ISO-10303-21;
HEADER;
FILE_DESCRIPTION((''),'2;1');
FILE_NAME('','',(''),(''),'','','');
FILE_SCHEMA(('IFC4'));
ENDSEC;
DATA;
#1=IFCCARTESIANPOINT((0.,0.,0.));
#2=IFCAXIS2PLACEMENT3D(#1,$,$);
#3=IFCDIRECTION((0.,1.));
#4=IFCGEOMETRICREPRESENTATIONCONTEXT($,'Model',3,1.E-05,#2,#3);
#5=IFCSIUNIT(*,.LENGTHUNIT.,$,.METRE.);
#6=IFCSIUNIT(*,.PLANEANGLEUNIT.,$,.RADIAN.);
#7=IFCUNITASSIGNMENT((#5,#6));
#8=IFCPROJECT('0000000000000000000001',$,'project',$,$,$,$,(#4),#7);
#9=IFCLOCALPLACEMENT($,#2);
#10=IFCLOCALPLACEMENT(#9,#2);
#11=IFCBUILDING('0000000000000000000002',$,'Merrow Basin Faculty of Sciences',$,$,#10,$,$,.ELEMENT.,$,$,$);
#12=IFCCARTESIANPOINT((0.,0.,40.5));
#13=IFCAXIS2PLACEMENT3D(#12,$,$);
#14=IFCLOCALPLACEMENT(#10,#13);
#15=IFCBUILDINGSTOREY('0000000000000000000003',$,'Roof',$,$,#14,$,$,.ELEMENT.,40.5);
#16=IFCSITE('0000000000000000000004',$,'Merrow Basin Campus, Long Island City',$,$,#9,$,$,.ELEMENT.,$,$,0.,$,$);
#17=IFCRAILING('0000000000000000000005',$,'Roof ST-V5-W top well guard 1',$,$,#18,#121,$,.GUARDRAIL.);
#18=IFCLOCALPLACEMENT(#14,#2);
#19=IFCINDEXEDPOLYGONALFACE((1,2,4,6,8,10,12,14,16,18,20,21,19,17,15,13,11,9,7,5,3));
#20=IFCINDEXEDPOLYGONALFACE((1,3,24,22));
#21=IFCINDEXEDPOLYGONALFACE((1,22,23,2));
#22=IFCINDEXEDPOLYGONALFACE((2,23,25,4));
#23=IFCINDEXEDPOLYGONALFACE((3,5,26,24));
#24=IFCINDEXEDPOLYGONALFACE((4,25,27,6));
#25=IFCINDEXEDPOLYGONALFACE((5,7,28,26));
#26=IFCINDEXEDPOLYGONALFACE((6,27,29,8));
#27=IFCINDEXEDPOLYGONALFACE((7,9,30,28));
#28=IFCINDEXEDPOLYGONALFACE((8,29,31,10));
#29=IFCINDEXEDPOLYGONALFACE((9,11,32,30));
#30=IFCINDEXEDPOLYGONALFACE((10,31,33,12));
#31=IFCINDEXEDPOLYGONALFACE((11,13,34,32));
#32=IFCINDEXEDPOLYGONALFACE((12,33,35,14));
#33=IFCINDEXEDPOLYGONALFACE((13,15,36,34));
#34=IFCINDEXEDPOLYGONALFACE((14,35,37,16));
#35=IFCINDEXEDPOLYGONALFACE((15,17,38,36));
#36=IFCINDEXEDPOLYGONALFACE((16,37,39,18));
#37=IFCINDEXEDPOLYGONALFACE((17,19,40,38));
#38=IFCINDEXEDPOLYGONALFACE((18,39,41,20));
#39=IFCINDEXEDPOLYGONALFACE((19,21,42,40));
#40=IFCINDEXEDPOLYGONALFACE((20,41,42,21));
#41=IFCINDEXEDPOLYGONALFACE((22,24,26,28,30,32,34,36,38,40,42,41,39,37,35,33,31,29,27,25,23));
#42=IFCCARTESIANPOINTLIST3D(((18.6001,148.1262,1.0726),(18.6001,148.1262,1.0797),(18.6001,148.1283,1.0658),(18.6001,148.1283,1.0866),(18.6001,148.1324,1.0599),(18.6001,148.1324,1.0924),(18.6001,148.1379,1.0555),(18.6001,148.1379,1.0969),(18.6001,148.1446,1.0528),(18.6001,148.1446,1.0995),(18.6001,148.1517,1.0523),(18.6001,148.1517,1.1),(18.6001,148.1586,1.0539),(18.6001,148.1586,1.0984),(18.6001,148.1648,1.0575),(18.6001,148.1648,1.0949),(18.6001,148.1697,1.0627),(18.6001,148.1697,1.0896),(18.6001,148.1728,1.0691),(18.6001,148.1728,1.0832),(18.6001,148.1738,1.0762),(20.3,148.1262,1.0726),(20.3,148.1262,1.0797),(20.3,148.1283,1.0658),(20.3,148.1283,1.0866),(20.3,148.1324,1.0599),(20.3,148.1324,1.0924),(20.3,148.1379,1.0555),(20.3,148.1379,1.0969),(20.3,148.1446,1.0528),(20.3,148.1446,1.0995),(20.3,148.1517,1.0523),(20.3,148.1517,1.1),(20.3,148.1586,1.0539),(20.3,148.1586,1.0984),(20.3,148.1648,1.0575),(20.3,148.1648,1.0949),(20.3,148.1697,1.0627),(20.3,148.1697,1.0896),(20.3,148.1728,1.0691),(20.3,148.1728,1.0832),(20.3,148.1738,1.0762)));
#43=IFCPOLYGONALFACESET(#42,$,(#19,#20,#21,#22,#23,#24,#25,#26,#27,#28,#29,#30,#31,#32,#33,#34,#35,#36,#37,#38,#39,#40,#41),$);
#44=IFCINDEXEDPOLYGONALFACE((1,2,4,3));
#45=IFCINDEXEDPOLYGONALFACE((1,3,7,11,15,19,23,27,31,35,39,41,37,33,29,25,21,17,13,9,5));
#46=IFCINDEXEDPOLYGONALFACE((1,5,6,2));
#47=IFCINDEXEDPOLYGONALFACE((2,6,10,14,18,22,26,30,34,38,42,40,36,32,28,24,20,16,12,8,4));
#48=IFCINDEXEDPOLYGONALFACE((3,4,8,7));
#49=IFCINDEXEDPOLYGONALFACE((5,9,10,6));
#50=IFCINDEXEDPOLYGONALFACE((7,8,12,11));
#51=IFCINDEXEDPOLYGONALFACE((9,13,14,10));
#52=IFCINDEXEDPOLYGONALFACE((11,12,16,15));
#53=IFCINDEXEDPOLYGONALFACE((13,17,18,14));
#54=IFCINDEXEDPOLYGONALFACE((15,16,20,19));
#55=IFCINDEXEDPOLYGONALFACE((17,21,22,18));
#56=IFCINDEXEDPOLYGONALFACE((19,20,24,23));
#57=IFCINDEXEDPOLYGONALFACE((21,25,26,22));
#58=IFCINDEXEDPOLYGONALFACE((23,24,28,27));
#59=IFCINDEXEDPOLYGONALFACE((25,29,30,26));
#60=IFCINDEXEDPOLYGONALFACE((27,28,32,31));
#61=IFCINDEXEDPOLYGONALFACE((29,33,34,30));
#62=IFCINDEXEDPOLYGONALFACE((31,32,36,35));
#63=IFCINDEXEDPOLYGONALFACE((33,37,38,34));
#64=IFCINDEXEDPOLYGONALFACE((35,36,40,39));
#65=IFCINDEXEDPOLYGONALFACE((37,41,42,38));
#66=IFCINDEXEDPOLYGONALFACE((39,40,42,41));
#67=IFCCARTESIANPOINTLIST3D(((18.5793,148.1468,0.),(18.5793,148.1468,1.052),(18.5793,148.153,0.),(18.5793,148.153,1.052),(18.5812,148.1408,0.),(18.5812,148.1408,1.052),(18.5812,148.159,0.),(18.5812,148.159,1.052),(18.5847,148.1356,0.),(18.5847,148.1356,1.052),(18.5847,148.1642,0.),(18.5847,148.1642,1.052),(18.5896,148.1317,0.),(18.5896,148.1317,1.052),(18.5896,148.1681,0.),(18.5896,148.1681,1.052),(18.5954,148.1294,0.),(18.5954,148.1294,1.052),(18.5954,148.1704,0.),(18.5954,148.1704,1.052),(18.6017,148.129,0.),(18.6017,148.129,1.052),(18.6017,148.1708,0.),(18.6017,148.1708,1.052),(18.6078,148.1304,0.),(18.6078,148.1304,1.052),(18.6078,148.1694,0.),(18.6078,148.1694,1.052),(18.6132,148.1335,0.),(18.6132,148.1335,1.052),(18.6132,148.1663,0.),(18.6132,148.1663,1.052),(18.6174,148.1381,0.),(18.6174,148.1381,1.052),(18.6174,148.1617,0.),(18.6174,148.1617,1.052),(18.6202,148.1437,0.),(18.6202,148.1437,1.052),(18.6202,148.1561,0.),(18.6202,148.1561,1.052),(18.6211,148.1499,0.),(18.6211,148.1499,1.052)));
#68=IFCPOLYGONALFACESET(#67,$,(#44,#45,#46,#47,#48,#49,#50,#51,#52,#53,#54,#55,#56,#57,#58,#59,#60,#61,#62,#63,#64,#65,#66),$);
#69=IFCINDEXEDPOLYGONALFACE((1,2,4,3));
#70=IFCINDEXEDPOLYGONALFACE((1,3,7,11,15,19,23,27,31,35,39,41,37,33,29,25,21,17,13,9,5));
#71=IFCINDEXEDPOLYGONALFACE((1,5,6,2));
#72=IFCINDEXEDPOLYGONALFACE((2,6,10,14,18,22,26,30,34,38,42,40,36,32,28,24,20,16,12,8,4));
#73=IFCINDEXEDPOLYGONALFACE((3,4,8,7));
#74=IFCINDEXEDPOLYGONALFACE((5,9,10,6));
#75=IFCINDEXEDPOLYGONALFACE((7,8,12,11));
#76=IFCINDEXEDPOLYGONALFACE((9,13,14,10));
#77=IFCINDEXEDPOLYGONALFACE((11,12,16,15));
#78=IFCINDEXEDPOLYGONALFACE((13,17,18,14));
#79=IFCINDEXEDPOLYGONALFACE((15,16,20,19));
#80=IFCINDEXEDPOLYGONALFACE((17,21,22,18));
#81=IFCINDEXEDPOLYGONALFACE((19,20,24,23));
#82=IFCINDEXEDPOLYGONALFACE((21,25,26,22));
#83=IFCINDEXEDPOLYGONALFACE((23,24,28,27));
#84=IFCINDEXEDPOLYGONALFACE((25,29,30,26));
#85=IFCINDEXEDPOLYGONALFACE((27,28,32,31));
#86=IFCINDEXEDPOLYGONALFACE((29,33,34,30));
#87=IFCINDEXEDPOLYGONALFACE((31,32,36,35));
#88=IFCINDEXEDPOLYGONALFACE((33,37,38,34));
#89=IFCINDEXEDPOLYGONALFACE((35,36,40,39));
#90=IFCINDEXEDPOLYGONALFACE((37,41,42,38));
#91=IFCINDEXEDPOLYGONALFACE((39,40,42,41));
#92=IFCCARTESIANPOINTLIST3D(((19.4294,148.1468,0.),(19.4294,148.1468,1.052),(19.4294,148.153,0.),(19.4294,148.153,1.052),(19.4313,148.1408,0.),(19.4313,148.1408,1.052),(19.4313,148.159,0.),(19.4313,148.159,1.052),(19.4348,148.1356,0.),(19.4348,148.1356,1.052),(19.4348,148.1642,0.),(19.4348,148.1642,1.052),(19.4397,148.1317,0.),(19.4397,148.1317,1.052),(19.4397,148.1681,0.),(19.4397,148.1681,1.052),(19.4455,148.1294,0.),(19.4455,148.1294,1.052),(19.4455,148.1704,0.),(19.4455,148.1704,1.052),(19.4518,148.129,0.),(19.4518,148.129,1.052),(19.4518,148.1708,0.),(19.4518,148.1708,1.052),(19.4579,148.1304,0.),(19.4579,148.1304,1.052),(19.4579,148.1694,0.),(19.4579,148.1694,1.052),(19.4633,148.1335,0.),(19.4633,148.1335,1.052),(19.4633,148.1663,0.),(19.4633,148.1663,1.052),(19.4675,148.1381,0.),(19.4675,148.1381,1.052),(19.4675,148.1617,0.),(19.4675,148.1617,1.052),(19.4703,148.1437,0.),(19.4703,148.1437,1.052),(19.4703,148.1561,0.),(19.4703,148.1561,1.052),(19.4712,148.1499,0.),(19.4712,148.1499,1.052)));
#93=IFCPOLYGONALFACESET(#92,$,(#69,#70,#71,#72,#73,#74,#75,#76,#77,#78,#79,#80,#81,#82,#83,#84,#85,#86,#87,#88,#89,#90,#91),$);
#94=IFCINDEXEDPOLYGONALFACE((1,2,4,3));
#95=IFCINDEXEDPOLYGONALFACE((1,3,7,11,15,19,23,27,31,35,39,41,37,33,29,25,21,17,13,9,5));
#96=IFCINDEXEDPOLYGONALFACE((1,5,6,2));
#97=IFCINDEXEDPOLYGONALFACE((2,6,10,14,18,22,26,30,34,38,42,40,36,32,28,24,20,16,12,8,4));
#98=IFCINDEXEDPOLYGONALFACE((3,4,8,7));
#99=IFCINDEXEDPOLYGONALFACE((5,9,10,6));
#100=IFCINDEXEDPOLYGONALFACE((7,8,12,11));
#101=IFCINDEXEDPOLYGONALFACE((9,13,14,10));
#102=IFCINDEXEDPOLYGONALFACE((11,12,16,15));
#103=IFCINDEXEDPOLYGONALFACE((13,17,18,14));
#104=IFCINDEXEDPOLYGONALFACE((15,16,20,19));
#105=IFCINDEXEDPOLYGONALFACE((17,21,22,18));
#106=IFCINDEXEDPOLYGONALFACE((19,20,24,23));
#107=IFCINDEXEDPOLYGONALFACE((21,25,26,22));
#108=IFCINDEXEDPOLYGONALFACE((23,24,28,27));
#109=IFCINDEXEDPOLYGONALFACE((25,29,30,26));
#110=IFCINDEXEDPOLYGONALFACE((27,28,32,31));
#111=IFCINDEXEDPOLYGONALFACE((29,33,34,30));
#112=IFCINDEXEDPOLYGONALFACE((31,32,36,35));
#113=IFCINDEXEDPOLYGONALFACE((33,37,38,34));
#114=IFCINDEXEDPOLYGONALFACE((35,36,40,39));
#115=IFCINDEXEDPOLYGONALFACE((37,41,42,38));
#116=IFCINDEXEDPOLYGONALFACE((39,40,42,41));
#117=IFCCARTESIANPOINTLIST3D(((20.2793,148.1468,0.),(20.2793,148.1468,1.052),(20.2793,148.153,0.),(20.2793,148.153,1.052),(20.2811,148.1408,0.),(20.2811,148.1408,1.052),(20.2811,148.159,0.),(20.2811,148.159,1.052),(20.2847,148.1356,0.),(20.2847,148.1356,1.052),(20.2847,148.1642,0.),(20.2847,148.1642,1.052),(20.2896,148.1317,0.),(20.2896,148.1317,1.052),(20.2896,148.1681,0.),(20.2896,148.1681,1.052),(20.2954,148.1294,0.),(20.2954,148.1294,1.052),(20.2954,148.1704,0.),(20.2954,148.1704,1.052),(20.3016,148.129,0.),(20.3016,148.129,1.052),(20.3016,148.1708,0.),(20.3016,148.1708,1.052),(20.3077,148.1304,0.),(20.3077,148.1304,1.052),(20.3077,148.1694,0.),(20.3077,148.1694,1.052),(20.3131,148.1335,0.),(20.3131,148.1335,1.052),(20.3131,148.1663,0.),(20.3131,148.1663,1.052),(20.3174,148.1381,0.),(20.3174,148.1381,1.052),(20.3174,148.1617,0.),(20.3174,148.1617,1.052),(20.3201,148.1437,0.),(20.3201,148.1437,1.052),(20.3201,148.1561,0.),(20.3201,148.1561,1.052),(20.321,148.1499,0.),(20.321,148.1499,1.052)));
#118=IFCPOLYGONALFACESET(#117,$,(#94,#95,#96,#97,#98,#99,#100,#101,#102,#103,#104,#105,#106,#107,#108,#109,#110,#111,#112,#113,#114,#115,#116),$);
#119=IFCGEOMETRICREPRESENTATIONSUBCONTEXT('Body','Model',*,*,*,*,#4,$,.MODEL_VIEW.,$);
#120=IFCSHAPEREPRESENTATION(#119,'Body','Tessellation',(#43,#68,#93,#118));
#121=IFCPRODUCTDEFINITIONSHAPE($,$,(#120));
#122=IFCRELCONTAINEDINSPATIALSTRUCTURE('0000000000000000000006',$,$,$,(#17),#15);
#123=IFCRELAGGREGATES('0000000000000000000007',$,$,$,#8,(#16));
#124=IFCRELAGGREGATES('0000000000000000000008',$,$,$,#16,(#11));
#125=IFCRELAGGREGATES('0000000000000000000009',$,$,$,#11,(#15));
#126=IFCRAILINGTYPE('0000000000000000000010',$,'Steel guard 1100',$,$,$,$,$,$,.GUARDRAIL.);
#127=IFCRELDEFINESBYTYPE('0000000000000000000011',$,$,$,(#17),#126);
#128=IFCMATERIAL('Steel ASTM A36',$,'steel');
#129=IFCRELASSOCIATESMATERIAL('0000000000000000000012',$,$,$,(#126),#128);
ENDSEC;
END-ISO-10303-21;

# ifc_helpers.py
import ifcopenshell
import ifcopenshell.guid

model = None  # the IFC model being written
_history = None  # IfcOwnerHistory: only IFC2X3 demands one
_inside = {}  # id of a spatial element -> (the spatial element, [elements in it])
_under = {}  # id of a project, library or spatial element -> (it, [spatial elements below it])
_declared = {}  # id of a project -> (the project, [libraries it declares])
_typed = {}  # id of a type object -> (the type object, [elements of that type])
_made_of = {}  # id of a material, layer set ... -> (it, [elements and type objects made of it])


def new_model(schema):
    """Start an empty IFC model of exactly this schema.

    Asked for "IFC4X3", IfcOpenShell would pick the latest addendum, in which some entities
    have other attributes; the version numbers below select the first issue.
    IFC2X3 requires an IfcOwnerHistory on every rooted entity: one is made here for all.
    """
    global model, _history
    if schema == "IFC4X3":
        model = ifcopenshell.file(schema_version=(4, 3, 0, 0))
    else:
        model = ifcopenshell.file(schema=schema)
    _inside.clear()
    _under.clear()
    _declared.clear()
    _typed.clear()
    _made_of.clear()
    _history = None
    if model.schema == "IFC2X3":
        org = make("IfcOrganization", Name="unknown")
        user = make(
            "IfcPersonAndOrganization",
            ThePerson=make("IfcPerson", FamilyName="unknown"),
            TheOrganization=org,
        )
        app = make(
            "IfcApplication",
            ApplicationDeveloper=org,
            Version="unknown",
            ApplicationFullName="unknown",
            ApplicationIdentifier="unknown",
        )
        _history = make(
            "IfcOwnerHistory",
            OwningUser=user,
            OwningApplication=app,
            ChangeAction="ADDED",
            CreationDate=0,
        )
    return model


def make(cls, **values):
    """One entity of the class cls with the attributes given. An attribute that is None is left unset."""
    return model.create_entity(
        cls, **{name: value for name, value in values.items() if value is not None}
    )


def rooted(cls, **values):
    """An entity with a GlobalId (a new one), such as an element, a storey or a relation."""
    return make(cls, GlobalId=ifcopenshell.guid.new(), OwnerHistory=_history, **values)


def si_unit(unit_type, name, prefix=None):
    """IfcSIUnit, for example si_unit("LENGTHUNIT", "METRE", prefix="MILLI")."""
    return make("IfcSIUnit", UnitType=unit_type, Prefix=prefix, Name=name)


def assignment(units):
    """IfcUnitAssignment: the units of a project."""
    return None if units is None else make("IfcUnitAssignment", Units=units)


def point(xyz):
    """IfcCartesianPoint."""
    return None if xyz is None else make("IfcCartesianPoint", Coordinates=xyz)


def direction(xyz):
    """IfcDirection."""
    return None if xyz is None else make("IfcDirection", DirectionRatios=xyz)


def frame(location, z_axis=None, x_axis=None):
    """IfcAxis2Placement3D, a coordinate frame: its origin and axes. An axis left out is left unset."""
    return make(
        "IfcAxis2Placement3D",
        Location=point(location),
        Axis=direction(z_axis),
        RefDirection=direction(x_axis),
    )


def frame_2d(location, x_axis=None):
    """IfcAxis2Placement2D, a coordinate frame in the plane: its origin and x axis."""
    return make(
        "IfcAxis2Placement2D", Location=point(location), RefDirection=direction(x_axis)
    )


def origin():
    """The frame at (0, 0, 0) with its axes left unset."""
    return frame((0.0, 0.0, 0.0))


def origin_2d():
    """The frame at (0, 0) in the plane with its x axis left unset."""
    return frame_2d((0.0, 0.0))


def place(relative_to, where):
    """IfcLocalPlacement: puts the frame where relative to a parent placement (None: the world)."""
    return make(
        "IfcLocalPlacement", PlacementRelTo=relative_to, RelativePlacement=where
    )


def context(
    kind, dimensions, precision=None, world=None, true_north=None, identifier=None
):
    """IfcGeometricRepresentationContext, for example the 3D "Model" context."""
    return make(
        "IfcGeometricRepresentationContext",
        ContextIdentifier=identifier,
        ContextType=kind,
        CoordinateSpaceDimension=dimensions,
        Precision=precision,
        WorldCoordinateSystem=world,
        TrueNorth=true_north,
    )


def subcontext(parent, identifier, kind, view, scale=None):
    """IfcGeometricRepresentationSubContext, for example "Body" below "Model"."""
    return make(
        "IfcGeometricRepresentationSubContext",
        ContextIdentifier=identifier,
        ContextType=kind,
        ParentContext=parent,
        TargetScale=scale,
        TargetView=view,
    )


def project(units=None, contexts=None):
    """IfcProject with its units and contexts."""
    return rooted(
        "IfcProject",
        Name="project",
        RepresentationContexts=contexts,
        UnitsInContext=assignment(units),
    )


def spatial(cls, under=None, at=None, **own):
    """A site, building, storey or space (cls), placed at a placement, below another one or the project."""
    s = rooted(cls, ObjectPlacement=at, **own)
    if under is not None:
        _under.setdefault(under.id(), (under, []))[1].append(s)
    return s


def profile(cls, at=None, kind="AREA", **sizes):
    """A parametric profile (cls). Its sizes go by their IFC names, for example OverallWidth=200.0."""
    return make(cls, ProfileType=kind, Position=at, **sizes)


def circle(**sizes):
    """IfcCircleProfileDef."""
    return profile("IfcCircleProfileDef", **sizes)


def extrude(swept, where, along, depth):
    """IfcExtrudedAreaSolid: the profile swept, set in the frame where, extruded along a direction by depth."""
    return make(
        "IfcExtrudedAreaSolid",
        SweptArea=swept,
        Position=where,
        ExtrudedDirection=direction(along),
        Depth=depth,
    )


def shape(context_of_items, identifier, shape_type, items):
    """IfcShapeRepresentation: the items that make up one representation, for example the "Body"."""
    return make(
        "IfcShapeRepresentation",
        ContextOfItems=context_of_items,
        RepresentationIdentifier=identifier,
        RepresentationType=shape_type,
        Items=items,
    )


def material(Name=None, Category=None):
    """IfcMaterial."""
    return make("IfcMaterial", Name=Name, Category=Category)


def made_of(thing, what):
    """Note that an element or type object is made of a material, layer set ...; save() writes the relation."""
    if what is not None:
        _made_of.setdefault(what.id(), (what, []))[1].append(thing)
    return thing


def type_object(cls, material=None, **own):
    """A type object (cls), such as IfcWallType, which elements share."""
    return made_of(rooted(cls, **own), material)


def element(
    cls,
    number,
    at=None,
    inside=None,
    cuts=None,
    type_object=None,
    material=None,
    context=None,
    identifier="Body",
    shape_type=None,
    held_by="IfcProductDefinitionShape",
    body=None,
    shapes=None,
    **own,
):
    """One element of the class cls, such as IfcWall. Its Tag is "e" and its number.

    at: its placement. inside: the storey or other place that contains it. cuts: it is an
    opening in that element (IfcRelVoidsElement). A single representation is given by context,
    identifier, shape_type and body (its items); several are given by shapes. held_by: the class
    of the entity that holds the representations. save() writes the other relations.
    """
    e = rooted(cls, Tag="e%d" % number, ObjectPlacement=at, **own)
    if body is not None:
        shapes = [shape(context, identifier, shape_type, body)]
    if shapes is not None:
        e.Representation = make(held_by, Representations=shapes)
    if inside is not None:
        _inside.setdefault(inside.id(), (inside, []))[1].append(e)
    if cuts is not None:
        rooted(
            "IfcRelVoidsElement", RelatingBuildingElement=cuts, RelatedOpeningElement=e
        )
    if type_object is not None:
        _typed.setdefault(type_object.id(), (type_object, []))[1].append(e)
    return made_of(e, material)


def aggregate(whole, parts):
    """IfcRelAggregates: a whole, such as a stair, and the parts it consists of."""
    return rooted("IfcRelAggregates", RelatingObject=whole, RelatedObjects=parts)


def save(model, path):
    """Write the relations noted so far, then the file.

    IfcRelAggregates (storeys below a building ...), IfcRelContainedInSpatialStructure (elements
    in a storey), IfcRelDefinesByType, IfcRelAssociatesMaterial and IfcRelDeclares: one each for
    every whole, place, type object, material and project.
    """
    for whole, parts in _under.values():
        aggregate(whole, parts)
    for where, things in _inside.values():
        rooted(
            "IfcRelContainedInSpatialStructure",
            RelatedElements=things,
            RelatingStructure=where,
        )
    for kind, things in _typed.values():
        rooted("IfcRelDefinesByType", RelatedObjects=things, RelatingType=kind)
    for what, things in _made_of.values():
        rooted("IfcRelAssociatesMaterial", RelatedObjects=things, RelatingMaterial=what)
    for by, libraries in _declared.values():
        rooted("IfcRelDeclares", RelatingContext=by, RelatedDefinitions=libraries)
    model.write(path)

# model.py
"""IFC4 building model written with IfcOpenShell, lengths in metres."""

from ifc_helpers import new_model, si_unit, direction, frame, origin, origin_2d, place, context, subcontext, project, spatial, circle, extrude, material, type_object, element, save


model = new_model("IFC4")

# Units and contexts
model_context = context("Model", 3, precision=1e-05, world=origin(), true_north=direction((0.0, 1.0)))
body_context = subcontext(model_context, "Body", "Model", "MODEL_VIEW")
ifc_project = project(units=[si_unit("LENGTHUNIT", "METRE"), si_unit("PLANEANGLEUNIT", "RADIAN")], contexts=[model_context])

# Site, building, storey
site_placement = place(None, origin())
site = spatial("IfcSite", under=ifc_project, at=site_placement, Name="Merrow Basin Campus, Long Island City", CompositionType="ELEMENT", RefElevation=0.0)
building_placement = place(site_placement, origin())
building = spatial("IfcBuilding", under=site, at=building_placement, Name="Merrow Basin Faculty of Sciences", CompositionType="ELEMENT")
storey_placement = place(building_placement, frame((0.0, 0.0, 40.5)))
storey = spatial("IfcBuildingStorey", under=building, at=storey_placement, Name="Roof", CompositionType="ELEMENT", Elevation=40.5)

# Railing
ifc_material_1 = material(Name="Steel ASTM A36", Category="steel")
railing_type = type_object("IfcRailingType", Name="Steel guard 1100", PredefinedType="GUARDRAIL", material=ifc_material_1)
railing_1_placement = place(storey_placement, frame((18.6001, 148.1499, 0.0)))
element("IfcRailing", 1, at=railing_1_placement, inside=storey, type_object=railing_type, Name="Roof ST-V5-W top well guard 1", PredefinedType="GUARDRAIL", context=body_context, shape_type="SweptSolid", body=[
    extrude(circle(Radius=0.0239, at=origin_2d()), frame((0.0, 0.0, 1.0762), z_axis=(1.0, 0.0, 0.0), x_axis=(0.0, 1.0, 0.0)), (0.0, 0.0, 1.0), 1.7),
    extrude(circle(Radius=0.021, at=origin_2d()), origin(), (0.0, 0.0, 1.0), 1.052),
    extrude(circle(Radius=0.021, at=origin_2d()), frame((0.8501, 0.0, 0.0)), (0.0, 0.0, 1.0), 1.052),
    extrude(circle(Radius=0.021, at=origin_2d()), frame((1.7, 0.0, 0.0)), (0.0, 0.0, 1.0), 1.052),
])

save(model, "model.ifc")
